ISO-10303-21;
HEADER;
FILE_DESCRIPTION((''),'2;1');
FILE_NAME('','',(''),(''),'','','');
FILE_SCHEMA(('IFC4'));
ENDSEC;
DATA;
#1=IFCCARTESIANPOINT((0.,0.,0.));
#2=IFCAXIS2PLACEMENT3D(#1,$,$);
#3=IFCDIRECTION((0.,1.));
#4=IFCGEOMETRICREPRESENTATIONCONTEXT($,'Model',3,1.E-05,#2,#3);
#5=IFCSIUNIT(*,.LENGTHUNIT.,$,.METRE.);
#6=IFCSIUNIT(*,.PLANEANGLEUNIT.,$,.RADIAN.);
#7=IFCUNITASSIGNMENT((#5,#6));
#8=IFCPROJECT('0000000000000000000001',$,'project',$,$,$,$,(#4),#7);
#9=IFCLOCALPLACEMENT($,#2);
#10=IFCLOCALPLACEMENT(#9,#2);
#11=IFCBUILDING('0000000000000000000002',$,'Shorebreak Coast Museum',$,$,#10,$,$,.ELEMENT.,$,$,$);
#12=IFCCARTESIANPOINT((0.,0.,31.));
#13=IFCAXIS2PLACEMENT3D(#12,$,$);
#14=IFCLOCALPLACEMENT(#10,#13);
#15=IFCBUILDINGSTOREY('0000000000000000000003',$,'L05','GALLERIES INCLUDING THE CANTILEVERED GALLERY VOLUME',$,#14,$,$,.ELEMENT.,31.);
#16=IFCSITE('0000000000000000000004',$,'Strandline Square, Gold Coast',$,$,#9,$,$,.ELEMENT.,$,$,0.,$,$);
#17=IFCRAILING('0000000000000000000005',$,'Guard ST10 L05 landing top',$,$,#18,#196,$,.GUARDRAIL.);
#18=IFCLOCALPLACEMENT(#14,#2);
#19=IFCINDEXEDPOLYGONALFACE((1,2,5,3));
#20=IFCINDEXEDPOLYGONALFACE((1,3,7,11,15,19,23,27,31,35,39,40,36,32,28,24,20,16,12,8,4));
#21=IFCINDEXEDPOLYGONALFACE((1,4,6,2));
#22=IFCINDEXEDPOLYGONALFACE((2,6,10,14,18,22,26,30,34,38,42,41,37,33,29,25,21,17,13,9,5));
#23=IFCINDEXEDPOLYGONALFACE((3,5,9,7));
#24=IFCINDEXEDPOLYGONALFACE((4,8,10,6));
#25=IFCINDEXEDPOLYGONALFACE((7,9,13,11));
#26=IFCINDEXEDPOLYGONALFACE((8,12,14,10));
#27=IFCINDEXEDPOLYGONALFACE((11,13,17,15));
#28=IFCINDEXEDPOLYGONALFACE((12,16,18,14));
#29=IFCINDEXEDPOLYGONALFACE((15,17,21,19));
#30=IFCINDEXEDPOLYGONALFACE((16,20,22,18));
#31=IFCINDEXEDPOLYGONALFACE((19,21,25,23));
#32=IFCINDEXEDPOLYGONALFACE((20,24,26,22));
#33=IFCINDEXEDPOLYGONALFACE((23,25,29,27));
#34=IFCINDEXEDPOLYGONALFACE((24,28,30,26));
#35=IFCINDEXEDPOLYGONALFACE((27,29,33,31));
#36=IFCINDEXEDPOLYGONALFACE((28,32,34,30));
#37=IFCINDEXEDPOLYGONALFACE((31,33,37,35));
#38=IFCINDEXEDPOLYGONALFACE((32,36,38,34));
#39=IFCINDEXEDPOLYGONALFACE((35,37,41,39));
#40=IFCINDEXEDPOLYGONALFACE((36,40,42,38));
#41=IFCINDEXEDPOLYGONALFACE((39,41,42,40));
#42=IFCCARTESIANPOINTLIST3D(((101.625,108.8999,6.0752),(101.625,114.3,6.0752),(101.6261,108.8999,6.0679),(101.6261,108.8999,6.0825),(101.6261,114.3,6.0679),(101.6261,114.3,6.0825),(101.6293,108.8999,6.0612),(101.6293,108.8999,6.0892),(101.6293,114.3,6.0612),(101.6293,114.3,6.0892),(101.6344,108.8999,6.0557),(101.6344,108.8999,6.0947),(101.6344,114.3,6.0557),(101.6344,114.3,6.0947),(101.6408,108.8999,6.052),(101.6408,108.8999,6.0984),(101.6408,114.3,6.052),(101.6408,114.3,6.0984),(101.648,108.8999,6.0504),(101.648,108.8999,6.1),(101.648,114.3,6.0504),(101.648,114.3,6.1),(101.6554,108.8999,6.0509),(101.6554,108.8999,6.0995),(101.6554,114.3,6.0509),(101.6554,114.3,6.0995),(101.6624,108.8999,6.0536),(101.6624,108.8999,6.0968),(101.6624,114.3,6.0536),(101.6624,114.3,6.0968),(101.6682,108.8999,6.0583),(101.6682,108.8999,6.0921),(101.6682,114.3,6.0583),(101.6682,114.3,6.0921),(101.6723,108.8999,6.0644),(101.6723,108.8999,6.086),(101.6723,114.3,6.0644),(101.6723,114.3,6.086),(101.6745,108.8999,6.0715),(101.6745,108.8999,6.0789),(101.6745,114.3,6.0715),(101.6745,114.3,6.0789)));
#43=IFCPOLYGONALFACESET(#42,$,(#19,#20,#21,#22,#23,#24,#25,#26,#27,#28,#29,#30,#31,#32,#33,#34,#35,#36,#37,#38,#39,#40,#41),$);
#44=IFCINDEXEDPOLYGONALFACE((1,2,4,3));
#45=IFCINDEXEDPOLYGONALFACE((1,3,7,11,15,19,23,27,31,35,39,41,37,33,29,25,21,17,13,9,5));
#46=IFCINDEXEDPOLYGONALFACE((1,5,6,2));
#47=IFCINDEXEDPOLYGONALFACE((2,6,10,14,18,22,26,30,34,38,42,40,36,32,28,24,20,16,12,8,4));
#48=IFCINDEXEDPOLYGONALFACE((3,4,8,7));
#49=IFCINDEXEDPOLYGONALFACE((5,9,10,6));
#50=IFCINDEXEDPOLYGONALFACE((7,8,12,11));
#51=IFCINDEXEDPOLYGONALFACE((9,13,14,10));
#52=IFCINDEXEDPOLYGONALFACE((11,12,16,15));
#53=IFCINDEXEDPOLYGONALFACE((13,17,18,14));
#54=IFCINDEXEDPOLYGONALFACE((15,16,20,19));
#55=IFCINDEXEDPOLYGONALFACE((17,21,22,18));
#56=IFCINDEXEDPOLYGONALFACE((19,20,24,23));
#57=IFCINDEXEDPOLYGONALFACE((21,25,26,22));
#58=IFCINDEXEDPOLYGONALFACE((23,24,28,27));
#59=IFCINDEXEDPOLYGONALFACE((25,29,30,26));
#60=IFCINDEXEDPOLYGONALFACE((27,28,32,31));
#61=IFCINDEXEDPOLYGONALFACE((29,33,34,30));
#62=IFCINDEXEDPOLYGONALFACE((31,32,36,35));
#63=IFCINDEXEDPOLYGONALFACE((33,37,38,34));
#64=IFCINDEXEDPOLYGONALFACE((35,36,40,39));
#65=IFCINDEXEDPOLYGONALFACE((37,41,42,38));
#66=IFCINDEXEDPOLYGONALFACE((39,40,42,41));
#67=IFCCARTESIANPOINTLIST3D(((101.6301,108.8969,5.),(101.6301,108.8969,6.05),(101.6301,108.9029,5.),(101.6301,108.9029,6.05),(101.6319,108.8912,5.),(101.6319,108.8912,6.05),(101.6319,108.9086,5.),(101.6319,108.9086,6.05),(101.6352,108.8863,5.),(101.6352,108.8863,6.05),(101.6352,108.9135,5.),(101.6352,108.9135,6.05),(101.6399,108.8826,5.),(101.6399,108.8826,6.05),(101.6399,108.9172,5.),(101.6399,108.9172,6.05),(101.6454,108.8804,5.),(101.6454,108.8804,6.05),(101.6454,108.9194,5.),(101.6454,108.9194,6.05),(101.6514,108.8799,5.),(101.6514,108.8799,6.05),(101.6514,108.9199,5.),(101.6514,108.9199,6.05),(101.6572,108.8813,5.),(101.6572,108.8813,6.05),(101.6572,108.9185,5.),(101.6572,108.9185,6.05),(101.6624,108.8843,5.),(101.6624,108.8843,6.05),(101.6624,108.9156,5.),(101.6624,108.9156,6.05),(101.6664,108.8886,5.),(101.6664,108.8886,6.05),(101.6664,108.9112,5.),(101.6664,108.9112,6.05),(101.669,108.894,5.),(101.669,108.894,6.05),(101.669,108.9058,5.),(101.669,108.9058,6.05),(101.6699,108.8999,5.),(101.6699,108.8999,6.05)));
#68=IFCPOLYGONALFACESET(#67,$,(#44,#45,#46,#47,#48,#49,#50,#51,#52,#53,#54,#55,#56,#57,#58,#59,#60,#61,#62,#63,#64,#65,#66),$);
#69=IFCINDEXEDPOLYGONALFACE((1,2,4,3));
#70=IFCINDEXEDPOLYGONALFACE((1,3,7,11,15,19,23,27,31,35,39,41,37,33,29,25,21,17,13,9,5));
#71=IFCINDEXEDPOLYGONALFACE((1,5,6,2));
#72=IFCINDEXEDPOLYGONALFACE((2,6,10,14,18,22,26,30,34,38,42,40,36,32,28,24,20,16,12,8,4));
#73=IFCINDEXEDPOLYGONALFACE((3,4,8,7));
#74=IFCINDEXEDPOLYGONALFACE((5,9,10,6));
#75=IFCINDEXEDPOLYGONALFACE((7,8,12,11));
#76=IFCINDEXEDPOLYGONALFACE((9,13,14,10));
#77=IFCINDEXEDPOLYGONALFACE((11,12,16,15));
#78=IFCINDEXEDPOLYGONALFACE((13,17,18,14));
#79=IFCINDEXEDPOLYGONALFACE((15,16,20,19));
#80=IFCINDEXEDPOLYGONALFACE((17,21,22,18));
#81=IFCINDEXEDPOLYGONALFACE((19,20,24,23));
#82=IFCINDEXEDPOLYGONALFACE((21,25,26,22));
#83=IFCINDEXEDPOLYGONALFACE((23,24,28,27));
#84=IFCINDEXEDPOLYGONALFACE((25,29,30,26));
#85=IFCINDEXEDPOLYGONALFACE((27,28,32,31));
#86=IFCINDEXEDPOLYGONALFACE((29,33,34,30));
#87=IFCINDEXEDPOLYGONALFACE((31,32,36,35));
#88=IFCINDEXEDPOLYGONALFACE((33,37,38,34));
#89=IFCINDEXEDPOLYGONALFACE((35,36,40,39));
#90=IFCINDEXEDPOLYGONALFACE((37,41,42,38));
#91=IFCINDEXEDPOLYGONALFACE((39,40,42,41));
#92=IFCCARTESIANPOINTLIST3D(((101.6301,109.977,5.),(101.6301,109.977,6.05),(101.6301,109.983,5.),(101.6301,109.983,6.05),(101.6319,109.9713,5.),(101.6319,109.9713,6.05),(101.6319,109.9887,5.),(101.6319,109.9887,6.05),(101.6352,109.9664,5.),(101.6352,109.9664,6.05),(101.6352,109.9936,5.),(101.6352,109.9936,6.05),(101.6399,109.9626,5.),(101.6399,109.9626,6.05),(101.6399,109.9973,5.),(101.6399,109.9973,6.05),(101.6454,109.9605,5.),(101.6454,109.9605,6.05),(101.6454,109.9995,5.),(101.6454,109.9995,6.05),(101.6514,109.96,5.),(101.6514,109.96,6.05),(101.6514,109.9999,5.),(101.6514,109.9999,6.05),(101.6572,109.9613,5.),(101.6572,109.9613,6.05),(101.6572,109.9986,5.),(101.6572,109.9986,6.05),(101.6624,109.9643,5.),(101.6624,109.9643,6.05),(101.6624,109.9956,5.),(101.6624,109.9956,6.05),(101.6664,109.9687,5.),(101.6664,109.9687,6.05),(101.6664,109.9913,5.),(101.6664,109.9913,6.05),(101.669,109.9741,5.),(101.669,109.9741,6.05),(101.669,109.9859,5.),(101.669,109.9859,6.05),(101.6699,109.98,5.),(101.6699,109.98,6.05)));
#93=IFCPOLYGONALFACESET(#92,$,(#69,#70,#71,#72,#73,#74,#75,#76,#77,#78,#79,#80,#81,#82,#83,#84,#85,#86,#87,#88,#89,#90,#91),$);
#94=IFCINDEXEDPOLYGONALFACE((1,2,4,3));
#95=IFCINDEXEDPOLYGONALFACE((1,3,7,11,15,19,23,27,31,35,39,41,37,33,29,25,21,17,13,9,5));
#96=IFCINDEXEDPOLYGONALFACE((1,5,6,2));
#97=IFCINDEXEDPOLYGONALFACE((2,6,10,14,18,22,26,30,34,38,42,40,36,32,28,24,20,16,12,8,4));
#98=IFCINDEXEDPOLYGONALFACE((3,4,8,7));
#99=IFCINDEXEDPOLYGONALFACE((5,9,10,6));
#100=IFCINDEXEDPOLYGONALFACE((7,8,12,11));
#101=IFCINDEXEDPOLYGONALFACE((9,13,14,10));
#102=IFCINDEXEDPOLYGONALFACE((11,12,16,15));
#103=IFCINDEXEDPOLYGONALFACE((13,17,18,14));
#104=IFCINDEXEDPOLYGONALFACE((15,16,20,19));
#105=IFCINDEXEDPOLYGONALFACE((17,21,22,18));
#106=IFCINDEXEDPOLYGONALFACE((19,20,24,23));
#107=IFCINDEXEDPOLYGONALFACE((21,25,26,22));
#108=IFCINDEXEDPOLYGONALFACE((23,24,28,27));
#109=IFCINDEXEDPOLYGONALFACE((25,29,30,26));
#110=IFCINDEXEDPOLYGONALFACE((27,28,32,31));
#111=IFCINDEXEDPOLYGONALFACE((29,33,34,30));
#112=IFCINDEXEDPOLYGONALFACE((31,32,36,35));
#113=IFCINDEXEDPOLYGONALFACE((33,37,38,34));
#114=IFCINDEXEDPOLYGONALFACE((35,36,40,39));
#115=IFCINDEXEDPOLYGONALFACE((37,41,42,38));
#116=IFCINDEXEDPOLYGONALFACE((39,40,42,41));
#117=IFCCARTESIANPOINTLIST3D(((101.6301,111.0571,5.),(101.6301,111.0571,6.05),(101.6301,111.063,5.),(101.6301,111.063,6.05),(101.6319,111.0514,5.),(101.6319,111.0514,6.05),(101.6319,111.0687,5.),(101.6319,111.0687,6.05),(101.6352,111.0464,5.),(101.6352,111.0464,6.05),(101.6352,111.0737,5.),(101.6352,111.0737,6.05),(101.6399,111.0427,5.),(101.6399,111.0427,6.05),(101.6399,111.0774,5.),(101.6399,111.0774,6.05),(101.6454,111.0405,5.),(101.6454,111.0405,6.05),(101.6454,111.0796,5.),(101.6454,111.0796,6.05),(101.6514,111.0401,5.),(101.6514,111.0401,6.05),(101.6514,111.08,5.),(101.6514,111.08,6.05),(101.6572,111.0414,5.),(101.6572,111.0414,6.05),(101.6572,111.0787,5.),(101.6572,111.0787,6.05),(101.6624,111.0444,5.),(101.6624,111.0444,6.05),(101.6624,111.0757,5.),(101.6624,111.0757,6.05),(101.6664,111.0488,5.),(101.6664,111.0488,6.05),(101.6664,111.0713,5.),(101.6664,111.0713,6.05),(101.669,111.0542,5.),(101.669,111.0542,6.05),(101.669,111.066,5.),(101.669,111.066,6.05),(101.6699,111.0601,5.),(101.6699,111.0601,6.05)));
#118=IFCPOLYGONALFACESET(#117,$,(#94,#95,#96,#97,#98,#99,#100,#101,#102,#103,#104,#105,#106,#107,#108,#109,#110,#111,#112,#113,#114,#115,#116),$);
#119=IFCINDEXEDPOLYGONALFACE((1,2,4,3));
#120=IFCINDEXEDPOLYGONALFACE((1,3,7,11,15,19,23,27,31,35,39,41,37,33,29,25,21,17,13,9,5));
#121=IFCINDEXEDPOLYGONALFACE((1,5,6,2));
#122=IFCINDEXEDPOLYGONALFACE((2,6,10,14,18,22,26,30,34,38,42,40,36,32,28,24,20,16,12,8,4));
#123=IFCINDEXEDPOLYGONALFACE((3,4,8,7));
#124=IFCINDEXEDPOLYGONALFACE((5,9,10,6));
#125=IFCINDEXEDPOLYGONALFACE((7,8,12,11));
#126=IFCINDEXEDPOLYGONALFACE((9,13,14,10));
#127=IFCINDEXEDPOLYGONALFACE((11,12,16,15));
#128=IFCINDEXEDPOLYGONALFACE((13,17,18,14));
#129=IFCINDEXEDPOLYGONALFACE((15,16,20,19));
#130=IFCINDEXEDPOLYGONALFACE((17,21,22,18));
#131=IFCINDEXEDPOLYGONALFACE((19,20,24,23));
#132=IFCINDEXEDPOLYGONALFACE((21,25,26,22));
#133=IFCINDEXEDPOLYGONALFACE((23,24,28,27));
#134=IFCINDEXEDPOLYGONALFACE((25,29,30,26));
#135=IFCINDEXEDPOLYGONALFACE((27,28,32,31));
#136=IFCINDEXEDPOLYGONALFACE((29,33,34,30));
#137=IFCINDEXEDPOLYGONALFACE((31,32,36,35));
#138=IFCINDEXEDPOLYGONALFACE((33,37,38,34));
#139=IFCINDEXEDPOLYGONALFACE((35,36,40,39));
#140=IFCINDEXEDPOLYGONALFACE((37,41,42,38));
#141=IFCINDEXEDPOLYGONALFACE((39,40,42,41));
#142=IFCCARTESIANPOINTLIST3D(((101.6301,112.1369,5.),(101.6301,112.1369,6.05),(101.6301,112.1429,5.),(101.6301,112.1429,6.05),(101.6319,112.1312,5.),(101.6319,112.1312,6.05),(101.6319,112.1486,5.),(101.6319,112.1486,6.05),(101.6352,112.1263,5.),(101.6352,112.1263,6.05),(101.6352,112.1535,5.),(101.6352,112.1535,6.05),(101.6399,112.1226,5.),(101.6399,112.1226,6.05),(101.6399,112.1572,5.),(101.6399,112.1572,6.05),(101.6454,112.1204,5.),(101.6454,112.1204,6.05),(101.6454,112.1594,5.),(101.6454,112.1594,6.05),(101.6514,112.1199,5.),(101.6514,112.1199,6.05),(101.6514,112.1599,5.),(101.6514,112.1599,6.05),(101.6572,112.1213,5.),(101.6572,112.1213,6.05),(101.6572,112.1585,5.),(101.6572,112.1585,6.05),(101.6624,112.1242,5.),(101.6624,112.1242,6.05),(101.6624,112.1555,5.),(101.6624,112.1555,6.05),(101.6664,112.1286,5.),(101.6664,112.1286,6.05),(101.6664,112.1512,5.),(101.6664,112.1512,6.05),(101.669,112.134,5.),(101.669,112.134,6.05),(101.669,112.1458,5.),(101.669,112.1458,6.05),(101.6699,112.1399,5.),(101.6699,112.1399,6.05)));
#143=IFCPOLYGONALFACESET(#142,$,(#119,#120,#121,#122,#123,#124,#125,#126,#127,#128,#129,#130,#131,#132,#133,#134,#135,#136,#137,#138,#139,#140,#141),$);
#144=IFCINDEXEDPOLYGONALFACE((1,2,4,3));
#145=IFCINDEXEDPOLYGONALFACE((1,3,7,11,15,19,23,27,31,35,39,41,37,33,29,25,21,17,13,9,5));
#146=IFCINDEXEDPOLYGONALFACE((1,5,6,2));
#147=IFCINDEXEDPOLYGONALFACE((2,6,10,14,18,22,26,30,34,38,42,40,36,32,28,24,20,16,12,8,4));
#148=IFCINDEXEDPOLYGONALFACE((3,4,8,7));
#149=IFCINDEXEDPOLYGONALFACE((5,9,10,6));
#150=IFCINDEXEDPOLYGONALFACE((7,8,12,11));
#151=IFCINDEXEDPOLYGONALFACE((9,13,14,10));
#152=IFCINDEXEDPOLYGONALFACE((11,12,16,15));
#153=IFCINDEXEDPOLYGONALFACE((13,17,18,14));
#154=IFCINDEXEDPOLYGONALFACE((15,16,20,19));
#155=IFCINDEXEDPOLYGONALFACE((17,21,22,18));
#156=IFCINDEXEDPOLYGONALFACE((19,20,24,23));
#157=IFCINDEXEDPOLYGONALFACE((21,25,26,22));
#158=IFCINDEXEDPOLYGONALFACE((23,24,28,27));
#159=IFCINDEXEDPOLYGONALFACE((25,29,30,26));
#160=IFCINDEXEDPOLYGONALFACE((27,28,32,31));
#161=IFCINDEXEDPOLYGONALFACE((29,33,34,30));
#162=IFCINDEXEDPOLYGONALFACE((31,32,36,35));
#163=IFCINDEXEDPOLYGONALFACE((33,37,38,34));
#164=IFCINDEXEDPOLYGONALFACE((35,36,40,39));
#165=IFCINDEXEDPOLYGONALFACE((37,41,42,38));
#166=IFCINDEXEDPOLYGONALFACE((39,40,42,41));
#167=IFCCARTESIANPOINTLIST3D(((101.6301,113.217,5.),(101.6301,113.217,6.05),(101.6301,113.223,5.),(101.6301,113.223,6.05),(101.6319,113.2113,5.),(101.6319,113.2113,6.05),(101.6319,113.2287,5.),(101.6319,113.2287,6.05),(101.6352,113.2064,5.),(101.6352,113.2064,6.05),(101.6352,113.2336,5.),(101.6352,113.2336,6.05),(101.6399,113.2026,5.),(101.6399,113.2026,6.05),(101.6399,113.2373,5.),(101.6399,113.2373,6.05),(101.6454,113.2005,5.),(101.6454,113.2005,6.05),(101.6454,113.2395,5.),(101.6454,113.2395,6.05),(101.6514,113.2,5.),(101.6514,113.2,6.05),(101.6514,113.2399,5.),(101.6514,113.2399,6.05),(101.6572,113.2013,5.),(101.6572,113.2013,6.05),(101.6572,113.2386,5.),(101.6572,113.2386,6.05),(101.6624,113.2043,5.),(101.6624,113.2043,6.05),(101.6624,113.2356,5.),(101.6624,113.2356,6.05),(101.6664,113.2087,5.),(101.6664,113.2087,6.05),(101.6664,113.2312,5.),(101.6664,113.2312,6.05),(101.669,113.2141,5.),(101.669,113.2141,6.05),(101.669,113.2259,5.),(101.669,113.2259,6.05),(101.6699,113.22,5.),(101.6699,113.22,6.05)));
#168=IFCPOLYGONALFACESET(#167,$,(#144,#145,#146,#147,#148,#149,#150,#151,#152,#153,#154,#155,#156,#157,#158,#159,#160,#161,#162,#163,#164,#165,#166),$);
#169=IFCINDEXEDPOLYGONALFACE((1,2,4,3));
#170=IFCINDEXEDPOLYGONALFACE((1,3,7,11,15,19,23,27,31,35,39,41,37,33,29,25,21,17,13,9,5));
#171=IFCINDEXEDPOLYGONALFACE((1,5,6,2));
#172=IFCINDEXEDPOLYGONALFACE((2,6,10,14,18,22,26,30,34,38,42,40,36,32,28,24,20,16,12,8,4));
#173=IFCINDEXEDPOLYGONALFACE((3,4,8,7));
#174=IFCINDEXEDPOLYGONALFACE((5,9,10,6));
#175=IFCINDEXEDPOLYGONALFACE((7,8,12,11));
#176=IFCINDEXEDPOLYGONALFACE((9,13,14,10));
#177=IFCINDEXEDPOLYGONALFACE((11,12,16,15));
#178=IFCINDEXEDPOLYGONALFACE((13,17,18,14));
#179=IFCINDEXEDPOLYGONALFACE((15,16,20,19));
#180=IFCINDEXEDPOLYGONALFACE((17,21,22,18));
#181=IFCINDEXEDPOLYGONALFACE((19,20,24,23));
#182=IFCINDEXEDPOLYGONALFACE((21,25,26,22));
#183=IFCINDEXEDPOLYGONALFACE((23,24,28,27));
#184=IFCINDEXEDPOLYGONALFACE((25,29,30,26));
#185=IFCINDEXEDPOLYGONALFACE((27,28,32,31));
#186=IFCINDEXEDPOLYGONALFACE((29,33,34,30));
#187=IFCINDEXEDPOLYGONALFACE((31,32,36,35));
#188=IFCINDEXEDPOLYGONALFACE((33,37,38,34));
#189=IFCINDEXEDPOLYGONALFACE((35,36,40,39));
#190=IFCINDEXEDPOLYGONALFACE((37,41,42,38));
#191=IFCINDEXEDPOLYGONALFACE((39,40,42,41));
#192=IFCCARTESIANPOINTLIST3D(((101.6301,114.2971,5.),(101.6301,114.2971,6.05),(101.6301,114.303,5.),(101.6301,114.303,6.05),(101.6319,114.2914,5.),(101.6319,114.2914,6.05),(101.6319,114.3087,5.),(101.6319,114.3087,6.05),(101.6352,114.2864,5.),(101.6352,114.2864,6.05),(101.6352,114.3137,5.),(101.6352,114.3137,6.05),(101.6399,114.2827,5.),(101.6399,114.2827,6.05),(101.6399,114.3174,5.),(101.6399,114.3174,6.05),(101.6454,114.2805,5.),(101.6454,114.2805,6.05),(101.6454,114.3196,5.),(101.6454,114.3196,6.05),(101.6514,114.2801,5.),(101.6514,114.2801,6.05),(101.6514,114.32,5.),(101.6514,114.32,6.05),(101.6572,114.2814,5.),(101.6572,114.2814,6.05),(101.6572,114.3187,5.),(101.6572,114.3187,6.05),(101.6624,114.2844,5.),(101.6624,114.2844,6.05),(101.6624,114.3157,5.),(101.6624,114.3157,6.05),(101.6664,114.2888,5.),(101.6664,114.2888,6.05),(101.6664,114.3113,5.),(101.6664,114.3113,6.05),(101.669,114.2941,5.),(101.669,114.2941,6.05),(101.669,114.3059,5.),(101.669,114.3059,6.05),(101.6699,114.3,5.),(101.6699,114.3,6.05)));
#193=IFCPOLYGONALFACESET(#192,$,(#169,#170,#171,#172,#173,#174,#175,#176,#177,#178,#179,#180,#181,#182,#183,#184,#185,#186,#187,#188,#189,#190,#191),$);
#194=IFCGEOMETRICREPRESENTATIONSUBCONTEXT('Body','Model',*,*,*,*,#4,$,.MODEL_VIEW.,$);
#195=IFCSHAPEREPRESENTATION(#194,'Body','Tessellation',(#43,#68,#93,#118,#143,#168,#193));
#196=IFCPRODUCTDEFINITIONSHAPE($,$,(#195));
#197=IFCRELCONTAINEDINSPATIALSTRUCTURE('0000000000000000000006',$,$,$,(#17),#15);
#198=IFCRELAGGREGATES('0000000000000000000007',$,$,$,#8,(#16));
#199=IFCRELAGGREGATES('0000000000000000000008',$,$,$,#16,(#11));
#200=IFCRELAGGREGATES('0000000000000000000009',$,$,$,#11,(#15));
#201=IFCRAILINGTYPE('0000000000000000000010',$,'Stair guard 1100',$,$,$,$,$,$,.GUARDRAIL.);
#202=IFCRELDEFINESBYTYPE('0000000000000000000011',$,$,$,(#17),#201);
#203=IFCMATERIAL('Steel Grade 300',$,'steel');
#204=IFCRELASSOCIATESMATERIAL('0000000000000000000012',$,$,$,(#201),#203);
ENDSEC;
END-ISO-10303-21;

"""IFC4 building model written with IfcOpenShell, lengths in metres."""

from ifc_helpers import new_model, si_unit, direction, frame, origin, origin_2d, place, context, subcontext, project, spatial, circle, extrude, material, type_object, element, save


model = new_model("IFC4")

# Units and contexts
model_context = context("Model", 3, precision=1e-05, world=origin(), true_north=direction((0.0, 1.0)))
body_context = subcontext(model_context, "Body", "Model", "MODEL_VIEW")
ifc_project = project(units=[si_unit("LENGTHUNIT", "METRE"), si_unit("PLANEANGLEUNIT", "RADIAN")], contexts=[model_context])

# Site, building, storey
site_placement = place(None, origin())
site = spatial("IfcSite", under=ifc_project, at=site_placement, Name="Strandline Square, Gold Coast", CompositionType="ELEMENT", RefElevation=0.0)
building_placement = place(site_placement, origin())
building = spatial("IfcBuilding", under=site, at=building_placement, Name="Shorebreak Coast Museum", CompositionType="ELEMENT")
storey_placement = place(building_placement, frame((0.0, 0.0, 31.0)))
storey = spatial("IfcBuildingStorey", under=building, at=storey_placement, Name="L05", Description="GALLERIES INCLUDING THE CANTILEVERED GALLERY VOLUME", CompositionType="ELEMENT", Elevation=31.0)

# Railing
ifc_material_1 = material(Name="Steel Grade 300", Category="steel")
railing_type_1 = type_object("IfcRailingType", Name="Stair guard 1100", PredefinedType="GUARDRAIL", material=ifc_material_1)
railing_1_placement = place(storey_placement, frame((101.6499, 108.8999, 5.0)))
element("IfcRailing", 1, at=railing_1_placement, inside=storey, type_object=railing_type_1, Name="Guard ST10 L05 landing top", PredefinedType="GUARDRAIL", context=body_context, shape_type="SweptSolid", body=[
    extrude(circle(Radius=0.0249, at=origin_2d()), frame((0.0, 0.0, 1.0752), z_axis=(0.0, 1.0, 0.0), x_axis=(-1.0, 0.0, 0.0)), (0.0, 0.0, 1.0), 5.4001),
    extrude(circle(Radius=0.02, at=origin_2d()), origin(), (0.0, 0.0, 1.0), 1.05),
    extrude(circle(Radius=0.02, at=origin_2d()), frame((0.0, 1.0801, 0.0)), (0.0, 0.0, 1.0), 1.05),
    extrude(circle(Radius=0.02, at=origin_2d()), frame((0.0, 2.1602, 0.0)), (0.0, 0.0, 1.0), 1.05),
    extrude(circle(Radius=0.02, at=origin_2d()), frame((0.0, 3.24, 0.0)), (0.0, 0.0, 1.0), 1.05),
    extrude(circle(Radius=0.02, at=origin_2d()), frame((0.0, 4.3201, 0.0)), (0.0, 0.0, 1.0), 1.05),
    extrude(circle(Radius=0.02, at=origin_2d()), frame((0.0, 5.4001, 0.0)), (0.0, 0.0, 1.0), 1.05),
])

save(model, "model.ifc")
